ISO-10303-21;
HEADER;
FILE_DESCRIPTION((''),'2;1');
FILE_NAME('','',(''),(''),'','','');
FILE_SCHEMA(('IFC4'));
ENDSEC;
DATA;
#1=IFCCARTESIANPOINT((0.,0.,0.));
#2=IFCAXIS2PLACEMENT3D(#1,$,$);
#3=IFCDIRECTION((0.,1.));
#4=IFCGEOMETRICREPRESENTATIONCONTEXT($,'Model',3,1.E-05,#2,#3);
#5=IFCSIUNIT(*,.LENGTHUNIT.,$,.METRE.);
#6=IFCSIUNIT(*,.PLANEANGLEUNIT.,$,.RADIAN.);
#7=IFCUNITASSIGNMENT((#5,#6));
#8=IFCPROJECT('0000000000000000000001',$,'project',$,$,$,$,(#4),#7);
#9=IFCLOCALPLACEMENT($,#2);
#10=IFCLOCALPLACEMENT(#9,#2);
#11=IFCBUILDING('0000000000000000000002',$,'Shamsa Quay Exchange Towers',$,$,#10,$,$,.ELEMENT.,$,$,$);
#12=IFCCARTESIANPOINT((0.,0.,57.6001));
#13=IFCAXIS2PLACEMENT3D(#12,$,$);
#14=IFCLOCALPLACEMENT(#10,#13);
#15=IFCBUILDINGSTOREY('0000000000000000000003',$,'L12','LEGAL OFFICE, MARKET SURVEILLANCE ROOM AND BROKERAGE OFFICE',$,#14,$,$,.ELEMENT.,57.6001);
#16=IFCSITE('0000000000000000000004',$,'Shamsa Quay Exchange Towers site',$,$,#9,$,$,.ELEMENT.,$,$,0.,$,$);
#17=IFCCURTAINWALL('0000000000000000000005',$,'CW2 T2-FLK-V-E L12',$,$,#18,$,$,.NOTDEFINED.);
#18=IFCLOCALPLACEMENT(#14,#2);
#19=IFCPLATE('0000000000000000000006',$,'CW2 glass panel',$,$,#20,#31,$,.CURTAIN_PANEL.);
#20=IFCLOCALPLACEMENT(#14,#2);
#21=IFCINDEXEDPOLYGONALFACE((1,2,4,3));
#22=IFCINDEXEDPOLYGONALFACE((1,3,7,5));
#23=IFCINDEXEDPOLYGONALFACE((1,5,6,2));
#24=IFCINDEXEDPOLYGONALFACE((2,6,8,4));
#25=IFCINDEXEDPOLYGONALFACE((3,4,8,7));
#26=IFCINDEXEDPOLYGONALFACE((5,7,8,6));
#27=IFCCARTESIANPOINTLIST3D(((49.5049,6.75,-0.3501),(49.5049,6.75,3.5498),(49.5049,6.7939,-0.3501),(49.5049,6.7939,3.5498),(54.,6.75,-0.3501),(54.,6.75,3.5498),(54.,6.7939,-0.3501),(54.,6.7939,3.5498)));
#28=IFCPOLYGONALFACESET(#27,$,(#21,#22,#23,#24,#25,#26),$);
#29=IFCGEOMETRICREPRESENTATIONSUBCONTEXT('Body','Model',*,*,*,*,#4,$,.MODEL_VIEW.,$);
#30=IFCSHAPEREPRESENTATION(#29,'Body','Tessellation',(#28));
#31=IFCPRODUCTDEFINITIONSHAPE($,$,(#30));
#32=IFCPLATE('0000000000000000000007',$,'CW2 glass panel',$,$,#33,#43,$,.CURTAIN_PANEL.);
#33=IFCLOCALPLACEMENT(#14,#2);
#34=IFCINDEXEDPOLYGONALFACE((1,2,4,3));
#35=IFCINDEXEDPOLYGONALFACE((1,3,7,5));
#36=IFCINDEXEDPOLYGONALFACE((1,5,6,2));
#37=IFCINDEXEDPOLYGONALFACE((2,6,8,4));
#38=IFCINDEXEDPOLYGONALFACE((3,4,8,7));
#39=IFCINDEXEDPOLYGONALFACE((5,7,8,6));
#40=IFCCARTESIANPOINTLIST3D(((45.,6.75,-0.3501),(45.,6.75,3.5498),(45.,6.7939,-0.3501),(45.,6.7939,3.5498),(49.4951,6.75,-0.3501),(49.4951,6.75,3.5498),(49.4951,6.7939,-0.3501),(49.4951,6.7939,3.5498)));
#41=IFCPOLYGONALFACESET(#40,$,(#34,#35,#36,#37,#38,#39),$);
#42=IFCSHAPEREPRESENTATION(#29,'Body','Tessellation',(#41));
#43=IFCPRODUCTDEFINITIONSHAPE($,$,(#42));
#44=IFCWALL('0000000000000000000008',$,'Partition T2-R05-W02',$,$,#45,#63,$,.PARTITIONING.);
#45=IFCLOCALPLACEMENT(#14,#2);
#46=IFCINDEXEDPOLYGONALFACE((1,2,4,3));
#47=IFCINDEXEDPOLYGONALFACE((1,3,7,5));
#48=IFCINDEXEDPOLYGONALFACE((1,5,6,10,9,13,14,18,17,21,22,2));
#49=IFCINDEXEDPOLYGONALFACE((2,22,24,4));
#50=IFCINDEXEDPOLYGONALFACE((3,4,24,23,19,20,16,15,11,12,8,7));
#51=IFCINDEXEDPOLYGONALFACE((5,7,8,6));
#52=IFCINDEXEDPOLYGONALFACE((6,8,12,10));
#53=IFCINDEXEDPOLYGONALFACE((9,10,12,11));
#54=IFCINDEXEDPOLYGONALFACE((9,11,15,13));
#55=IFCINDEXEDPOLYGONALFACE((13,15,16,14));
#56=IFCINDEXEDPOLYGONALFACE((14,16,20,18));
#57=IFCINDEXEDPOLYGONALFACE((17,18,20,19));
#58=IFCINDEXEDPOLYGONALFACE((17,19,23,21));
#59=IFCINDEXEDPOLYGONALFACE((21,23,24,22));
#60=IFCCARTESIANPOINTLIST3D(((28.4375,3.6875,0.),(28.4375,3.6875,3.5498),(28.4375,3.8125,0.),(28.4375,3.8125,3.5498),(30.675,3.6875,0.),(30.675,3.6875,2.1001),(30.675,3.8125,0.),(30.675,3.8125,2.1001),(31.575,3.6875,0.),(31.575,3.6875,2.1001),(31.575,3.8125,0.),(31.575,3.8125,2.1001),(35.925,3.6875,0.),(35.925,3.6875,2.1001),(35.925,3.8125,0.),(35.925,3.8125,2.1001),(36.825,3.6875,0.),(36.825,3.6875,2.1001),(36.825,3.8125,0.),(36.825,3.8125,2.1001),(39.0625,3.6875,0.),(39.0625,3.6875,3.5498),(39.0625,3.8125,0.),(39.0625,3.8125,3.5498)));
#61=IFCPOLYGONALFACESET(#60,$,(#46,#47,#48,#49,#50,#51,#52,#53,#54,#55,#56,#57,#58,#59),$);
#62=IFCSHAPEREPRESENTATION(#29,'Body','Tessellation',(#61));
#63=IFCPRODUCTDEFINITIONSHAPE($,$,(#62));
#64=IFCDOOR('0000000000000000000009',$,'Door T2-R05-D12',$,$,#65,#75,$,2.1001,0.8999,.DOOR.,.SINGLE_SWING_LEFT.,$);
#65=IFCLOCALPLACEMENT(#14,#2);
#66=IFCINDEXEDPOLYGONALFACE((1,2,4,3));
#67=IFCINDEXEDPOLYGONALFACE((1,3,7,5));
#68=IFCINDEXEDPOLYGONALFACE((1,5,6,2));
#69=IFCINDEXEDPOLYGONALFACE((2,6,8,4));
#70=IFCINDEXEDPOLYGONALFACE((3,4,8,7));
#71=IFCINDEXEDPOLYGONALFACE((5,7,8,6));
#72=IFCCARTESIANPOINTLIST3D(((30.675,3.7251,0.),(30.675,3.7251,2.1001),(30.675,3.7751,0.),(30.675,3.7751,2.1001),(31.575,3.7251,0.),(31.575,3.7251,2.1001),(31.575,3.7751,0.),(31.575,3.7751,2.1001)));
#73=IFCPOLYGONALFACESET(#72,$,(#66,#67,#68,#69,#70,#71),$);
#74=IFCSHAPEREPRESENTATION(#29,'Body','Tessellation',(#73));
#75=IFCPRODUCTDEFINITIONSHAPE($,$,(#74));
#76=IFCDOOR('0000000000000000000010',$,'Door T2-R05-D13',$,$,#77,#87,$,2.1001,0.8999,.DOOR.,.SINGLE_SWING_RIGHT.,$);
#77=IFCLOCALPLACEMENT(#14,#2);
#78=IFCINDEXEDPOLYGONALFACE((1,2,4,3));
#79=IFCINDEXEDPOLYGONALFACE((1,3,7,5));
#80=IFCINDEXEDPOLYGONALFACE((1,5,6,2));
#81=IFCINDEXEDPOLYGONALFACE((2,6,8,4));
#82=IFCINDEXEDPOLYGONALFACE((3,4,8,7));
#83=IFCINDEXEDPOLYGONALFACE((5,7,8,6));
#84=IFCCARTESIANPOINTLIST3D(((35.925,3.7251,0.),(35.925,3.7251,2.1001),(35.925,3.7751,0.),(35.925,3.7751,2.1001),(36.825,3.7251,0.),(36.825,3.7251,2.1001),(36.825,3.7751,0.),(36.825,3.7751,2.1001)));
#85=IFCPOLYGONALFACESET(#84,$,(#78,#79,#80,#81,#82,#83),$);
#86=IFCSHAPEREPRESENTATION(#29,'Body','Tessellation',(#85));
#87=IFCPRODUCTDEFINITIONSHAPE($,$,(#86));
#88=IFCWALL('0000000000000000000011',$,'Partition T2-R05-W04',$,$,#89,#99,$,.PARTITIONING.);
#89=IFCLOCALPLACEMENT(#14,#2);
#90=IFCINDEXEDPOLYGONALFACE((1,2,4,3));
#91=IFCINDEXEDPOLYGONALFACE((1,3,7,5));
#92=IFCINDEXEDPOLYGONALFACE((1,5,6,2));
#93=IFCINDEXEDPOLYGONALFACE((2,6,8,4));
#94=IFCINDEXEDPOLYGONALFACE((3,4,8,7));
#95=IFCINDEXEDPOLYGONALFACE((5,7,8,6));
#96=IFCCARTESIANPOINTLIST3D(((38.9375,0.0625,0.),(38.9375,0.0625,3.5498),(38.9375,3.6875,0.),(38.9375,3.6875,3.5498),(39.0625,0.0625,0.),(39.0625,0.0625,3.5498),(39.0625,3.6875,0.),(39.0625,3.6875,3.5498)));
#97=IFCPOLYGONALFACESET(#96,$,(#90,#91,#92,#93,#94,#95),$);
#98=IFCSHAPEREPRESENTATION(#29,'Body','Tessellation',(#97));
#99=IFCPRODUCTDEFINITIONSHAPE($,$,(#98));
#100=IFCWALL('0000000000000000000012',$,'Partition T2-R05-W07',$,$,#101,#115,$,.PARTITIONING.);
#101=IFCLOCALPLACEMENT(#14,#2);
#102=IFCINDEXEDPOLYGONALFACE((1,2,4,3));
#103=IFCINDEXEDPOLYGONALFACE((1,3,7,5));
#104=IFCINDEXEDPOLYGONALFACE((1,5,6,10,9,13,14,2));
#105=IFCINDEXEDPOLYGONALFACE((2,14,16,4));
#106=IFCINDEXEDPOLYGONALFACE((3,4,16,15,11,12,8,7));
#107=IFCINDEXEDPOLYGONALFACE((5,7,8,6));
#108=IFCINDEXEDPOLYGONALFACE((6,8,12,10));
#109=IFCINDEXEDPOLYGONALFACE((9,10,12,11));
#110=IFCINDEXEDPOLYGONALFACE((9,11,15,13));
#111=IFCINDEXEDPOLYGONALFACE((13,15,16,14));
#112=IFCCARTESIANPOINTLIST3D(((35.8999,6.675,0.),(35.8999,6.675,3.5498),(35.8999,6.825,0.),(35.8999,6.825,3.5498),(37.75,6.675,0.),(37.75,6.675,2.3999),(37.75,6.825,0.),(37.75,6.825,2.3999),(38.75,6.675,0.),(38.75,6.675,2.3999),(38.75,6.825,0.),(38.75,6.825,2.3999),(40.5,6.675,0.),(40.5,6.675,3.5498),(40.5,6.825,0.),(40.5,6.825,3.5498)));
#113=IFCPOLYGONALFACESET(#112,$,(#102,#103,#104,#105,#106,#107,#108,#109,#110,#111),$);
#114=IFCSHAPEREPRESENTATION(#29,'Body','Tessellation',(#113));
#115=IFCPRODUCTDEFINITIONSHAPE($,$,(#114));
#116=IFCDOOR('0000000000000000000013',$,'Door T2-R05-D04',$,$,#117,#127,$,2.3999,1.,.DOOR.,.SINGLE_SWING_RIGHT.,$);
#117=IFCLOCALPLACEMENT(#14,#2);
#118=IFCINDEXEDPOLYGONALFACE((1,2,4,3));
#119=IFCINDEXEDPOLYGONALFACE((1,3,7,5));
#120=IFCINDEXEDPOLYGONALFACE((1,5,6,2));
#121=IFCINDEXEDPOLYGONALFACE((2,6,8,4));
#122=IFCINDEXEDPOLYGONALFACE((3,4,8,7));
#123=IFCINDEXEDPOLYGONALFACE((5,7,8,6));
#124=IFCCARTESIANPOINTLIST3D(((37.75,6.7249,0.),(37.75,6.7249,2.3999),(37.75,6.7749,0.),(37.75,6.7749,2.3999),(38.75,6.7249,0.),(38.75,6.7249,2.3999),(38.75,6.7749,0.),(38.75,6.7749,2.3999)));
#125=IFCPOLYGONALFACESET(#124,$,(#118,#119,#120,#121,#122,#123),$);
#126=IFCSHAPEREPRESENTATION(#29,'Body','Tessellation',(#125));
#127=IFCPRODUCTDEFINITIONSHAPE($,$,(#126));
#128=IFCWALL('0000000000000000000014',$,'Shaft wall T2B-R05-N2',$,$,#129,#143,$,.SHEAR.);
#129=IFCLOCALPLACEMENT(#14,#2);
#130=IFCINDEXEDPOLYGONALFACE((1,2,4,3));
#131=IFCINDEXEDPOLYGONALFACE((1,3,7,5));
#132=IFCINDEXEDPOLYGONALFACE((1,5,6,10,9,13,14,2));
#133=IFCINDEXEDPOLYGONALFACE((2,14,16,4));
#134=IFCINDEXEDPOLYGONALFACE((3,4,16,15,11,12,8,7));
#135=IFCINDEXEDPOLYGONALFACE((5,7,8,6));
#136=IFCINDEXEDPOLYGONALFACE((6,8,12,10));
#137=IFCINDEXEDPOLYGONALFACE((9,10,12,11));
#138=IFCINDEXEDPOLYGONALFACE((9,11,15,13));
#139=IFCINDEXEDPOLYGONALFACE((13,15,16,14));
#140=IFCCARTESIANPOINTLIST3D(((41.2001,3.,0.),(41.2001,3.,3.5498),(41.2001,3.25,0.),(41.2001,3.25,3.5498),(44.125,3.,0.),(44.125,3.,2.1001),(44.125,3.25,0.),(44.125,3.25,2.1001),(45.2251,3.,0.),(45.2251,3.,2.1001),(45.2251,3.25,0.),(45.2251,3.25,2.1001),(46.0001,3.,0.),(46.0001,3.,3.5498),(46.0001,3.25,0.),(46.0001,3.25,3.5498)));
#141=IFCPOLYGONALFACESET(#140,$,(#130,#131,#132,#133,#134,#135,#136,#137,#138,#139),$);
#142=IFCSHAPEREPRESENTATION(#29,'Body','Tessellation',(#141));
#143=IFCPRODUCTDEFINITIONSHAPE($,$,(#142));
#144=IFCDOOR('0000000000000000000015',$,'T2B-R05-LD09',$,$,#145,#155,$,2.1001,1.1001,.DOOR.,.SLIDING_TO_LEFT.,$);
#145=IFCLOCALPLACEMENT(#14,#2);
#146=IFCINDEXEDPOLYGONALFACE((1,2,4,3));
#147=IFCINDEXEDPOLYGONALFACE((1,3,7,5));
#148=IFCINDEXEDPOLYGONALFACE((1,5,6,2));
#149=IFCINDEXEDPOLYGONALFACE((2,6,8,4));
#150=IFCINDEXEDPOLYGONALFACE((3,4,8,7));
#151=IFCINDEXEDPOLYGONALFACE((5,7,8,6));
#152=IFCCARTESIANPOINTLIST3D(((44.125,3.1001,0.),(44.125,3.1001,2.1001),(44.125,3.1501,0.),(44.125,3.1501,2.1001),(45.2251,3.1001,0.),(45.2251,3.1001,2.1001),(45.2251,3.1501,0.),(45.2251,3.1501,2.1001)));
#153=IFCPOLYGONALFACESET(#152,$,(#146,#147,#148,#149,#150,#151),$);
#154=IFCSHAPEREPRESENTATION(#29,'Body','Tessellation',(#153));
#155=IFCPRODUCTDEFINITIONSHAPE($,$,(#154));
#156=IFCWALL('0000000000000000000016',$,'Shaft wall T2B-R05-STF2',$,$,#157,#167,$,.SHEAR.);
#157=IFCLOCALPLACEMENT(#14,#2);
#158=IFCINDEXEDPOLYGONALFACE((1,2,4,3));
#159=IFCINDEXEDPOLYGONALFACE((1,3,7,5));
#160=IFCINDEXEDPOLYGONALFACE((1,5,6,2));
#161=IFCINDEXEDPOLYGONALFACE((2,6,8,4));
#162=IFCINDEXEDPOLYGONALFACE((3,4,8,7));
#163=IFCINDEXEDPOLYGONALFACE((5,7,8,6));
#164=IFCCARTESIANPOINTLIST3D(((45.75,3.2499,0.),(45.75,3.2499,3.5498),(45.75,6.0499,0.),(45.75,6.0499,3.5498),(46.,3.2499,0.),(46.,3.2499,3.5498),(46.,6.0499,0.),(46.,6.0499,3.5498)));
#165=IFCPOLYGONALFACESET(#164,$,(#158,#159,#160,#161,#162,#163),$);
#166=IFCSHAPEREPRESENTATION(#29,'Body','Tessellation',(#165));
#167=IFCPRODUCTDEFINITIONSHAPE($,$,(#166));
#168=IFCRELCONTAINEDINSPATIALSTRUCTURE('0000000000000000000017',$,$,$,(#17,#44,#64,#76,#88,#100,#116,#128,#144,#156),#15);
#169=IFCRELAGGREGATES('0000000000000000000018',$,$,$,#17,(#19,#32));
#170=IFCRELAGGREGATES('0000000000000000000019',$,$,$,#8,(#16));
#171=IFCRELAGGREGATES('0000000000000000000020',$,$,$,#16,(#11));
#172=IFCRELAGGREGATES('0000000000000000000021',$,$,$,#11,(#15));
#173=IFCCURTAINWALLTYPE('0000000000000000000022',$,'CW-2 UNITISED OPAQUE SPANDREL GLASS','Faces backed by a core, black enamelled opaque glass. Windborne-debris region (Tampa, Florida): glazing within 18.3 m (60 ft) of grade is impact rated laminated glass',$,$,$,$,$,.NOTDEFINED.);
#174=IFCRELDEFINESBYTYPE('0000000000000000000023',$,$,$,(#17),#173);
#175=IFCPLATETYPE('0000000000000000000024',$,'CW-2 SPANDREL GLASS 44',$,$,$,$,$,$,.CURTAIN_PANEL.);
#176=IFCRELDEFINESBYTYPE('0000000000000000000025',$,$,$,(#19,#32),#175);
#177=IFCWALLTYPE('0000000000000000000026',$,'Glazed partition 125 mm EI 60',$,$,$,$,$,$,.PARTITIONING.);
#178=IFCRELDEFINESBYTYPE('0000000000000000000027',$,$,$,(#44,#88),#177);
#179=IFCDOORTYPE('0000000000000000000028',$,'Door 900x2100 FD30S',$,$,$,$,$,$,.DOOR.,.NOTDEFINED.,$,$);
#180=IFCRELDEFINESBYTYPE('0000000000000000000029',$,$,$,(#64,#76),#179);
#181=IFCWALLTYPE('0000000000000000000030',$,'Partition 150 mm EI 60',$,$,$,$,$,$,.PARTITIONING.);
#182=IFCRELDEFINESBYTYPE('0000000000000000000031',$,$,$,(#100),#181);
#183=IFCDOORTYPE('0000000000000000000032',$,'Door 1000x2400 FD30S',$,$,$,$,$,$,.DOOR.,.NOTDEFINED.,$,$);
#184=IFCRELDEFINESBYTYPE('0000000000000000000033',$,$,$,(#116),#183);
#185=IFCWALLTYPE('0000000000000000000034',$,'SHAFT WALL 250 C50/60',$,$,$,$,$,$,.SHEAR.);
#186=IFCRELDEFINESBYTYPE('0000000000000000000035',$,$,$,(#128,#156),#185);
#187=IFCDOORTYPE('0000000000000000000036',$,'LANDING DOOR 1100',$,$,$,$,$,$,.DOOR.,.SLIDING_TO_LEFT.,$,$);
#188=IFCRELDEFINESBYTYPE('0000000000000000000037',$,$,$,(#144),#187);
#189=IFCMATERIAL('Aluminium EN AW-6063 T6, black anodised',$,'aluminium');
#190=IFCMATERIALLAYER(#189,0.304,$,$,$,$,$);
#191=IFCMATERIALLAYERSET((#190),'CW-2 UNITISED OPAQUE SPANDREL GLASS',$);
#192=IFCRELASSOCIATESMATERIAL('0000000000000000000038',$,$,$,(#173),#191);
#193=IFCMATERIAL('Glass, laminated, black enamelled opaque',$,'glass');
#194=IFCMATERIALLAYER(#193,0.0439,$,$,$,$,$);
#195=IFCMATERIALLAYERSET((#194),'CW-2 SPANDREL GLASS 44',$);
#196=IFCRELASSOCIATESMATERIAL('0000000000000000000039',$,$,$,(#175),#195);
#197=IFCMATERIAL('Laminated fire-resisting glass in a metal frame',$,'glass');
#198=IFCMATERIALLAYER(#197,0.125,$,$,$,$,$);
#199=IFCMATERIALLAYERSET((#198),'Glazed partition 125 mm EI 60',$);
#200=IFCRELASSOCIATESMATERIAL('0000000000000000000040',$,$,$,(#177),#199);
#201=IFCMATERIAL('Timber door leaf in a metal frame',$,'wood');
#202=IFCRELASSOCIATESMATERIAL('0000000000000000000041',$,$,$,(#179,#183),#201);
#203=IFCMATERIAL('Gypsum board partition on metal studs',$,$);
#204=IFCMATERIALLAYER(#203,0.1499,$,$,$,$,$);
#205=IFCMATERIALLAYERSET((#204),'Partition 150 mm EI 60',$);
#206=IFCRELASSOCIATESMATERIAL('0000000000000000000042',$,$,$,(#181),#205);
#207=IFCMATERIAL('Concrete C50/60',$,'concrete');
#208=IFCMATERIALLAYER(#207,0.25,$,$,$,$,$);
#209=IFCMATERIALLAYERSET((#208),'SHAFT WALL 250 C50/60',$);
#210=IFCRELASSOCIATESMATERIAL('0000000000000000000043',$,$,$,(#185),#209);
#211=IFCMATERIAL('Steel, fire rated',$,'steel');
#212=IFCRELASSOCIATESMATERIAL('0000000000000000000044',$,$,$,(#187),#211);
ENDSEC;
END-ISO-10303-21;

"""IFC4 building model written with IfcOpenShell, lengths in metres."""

from ifc_helpers import new_model, si_unit, direction, frame, frame_2d, origin, origin_2d, place, context, subcontext, project, spatial, rectangle, extrude, material, layer, layer_set, type_object, element, fill, aggregate, save


model = new_model("IFC4")

# Units and contexts
model_context = context("Model", 3, precision=1e-05, world=origin(), true_north=direction((0.0, 1.0)))
body_context = subcontext(model_context, "Body", "Model", "MODEL_VIEW")
ifc_project = project(units=[si_unit("LENGTHUNIT", "METRE"), si_unit("PLANEANGLEUNIT", "RADIAN")], contexts=[model_context])

# Site, building, storey
site_placement = place(None, origin())
site = spatial("IfcSite", under=ifc_project, at=site_placement, Name="Shamsa Quay Exchange Towers site", CompositionType="ELEMENT", RefElevation=0.0)
building_placement = place(site_placement, origin())
building = spatial("IfcBuilding", under=site, at=building_placement, Name="Shamsa Quay Exchange Towers", CompositionType="ELEMENT")
storey_placement = place(building_placement, frame((0.0, 0.0, 57.6001)))
storey = spatial("IfcBuildingStorey", under=building, at=storey_placement, Name="L12", Description="LEGAL OFFICE, MARKET SURVEILLANCE ROOM AND BROKERAGE OFFICE", CompositionType="ELEMENT", Elevation=57.6001)

# Curtain wall, plates
ifc_material_1 = material(Name="Aluminium EN AW-6063 T6, black anodised", Category="aluminium")
ifc_layer_1 = layer(ifc_material_1, 0.304)
ifc_layer_set_1 = layer_set([ifc_layer_1], Name="CW-2 UNITISED OPAQUE SPANDREL GLASS")
curtain_wall_type = type_object("IfcCurtainWallType", Name="CW-2 UNITISED OPAQUE SPANDREL GLASS", Description="Faces backed by a core, black enamelled opaque glass. Windborne-debris region (Tampa, Florida): glazing within 18.3 m (60 ft) of grade is impact rated laminated glass", PredefinedType="NOTDEFINED", material=ifc_layer_set_1)
curtain_wall_placement = place(storey_placement, origin())
curtain_wall = element("IfcCurtainWall", 1, at=curtain_wall_placement, inside=storey, type_object=curtain_wall_type, Name="CW2 T2-FLK-V-E L12", PredefinedType="NOTDEFINED")
ifc_material_2 = material(Name="Glass, laminated, black enamelled opaque", Category="glass")
ifc_layer_2 = layer(ifc_material_2, 0.0439)
ifc_layer_set_2 = layer_set([ifc_layer_2], Name="CW-2 SPANDREL GLASS 44")
plate_type = type_object("IfcPlateType", Name="CW-2 SPANDREL GLASS 44", PredefinedType="CURTAIN_PANEL", material=ifc_layer_set_2)
plate_1_placement = place(storey_placement, frame((51.7524, 6.772, -0.3501), z_axis=(0.0, 0.0, 1.0), x_axis=(-1.0, 0.0, 0.0)))
plate_1 = element("IfcPlate", 2, at=plate_1_placement, type_object=plate_type, Name="CW2 glass panel", PredefinedType="CURTAIN_PANEL", context=body_context, shape_type="SweptSolid", body=[
    extrude(rectangle(XDim=4.4951, YDim=0.0439, at=origin_2d()), origin(), (0.0, 0.0, 1.0), 3.8999),
])
plate_2_placement = place(storey_placement, frame((47.2476, 6.772, -0.3501), z_axis=(0.0, 0.0, 1.0), x_axis=(-1.0, 0.0, 0.0)))
plate_2 = element("IfcPlate", 3, at=plate_2_placement, type_object=plate_type, Name="CW2 glass panel", PredefinedType="CURTAIN_PANEL", context=body_context, shape_type="SweptSolid", body=[
    extrude(rectangle(XDim=4.4951, YDim=0.0439, at=origin_2d()), origin(), (0.0, 0.0, 1.0), 3.8999),
])
aggregate(curtain_wall, [plate_1, plate_2])

# Wall, openings, doors
ifc_material_3 = material(Name="Laminated fire-resisting glass in a metal frame", Category="glass")
ifc_layer_3 = layer(ifc_material_3, 0.125)
ifc_layer_set_3 = layer_set([ifc_layer_3], Name="Glazed partition 125 mm EI 60")
wall_type_1 = type_object("IfcWallType", Name="Glazed partition 125 mm EI 60", PredefinedType="PARTITIONING", material=ifc_layer_set_3)
wall_1_placement = place(storey_placement, frame((39.0625, 3.75, 0.0), z_axis=(0.0, 0.0, 1.0), x_axis=(-1.0, 0.0, 0.0)))
wall_1 = element("IfcWall", 4, at=wall_1_placement, inside=storey, type_object=wall_type_1, Name="Partition T2-R05-W02", PredefinedType="PARTITIONING", context=body_context, shape_type="SweptSolid", body=[
    extrude(rectangle(XDim=10.625, YDim=0.125, at=frame_2d((5.3125, 0.0))), origin(), (0.0, 0.0, 1.0), 3.5498),
])
opening_1_placement = place(wall_1_placement, frame((7.4875, 0.0, 0.0)))
opening_1 = element("IfcOpeningElement", 5, at=opening_1_placement, cuts=wall_1, PredefinedType="OPENING", context=body_context, shape_type="SweptSolid", body=[
    extrude(rectangle(XDim=0.8999, YDim=2.1001, at=frame_2d((0.45, 1.05))), frame((0.0, 0.0725, 0.0), z_axis=(0.0, -1.0, 0.0), x_axis=(1.0, 0.0, 0.0)), (0.0, 0.0, 1.0), 0.145),
])
opening_2_placement = place(wall_1_placement, frame((2.2375, 0.0, 0.0)))
opening_2 = element("IfcOpeningElement", 6, at=opening_2_placement, cuts=wall_1, PredefinedType="OPENING", context=body_context, shape_type="SweptSolid", body=[
    extrude(rectangle(XDim=0.8999, YDim=2.1001, at=frame_2d((0.45, 1.05))), frame((0.0, 0.0725, 0.0), z_axis=(0.0, -1.0, 0.0), x_axis=(1.0, 0.0, 0.0)), (0.0, 0.0, 1.0), 0.145),
])
ifc_material_4 = material(Name="Timber door leaf in a metal frame", Category="wood")
door_type_1 = type_object("IfcDoorType", Name="Door 900x2100 FD30S", OperationType="NOTDEFINED", PredefinedType="DOOR", material=ifc_material_4)
door_1_placement = place(opening_1_placement, origin())
door_1 = element("IfcDoor", 7, at=door_1_placement, inside=storey, type_object=door_type_1, Name="Door T2-R05-D12", OperationType="SINGLE_SWING_LEFT", OverallHeight=2.1001, OverallWidth=0.8999, PredefinedType="DOOR", context=body_context, shape_type="SweptSolid", body=[
    extrude(rectangle(XDim=0.8999, YDim=2.1001, at=frame_2d((0.45, 1.05))), frame((0.0, 0.0249, 0.0), z_axis=(0.0, -1.0, 0.0), x_axis=(1.0, 0.0, 0.0)), (0.0, 0.0, 1.0), 0.05),
])
fill(opening_1, door_1)
door_2_placement = place(opening_2_placement, origin())
door_2 = element("IfcDoor", 8, at=door_2_placement, inside=storey, type_object=door_type_1, Name="Door T2-R05-D13", OperationType="SINGLE_SWING_RIGHT", OverallHeight=2.1001, OverallWidth=0.8999, PredefinedType="DOOR", context=body_context, shape_type="SweptSolid", body=[
    extrude(rectangle(XDim=0.8999, YDim=2.1001, at=frame_2d((0.45, 1.05))), frame((0.0, 0.0249, 0.0), z_axis=(0.0, -1.0, 0.0), x_axis=(1.0, 0.0, 0.0)), (0.0, 0.0, 1.0), 0.05),
])
fill(opening_2, door_2)

# Wall
wall_2_placement = place(storey_placement, frame((39.0, 0.0625, 0.0), z_axis=(0.0, 0.0, 1.0), x_axis=(0.0, 1.0, 0.0)))
element("IfcWall", 9, at=wall_2_placement, inside=storey, type_object=wall_type_1, Name="Partition T2-R05-W04", PredefinedType="PARTITIONING", context=body_context, shape_type="SweptSolid", body=[
    extrude(rectangle(XDim=3.625, YDim=0.125, at=frame_2d((1.8125, 0.0))), origin(), (0.0, 0.0, 1.0), 3.5498),
])

# Walls, openings, doors
ifc_material_5 = material(Name="Gypsum board partition on metal studs")
ifc_layer_4 = layer(ifc_material_5, 0.1499)
ifc_layer_set_4 = layer_set([ifc_layer_4], Name="Partition 150 mm EI 60")
wall_type_2 = type_object("IfcWallType", Name="Partition 150 mm EI 60", PredefinedType="PARTITIONING", material=ifc_layer_set_4)
wall_3_placement = place(storey_placement, frame((35.8999, 6.75, 0.0)))
wall_3 = element("IfcWall", 10, at=wall_3_placement, inside=storey, type_object=wall_type_2, Name="Partition T2-R05-W07", PredefinedType="PARTITIONING", context=body_context, shape_type="SweptSolid", body=[
    extrude(rectangle(XDim=4.6001, YDim=0.1499, at=frame_2d((2.3, 0.0))), origin(), (0.0, 0.0, 1.0), 3.5498),
])
opening_3_placement = place(wall_3_placement, frame((1.8501, 0.0, 0.0)))
opening_3 = element("IfcOpeningElement", 11, at=opening_3_placement, cuts=wall_3, PredefinedType="OPENING", context=body_context, shape_type="SweptSolid", body=[
    extrude(rectangle(XDim=1.0, YDim=2.3999, at=frame_2d((0.5, 1.2))), frame((0.0, 0.085, 0.0), z_axis=(0.0, -1.0, 0.0), x_axis=(1.0, 0.0, 0.0)), (0.0, 0.0, 1.0), 0.1699),
])
door_type_2 = type_object("IfcDoorType", Name="Door 1000x2400 FD30S", OperationType="NOTDEFINED", PredefinedType="DOOR", material=ifc_material_4)
door_3_placement = place(opening_3_placement, origin())
door_3 = element("IfcDoor", 12, at=door_3_placement, inside=storey, type_object=door_type_2, Name="Door T2-R05-D04", OperationType="SINGLE_SWING_RIGHT", OverallHeight=2.3999, OverallWidth=1.0, PredefinedType="DOOR", context=body_context, shape_type="SweptSolid", body=[
    extrude(rectangle(XDim=1.0, YDim=2.3999, at=frame_2d((0.5, 1.2))), frame((0.0, 0.0249, 0.0), z_axis=(0.0, -1.0, 0.0), x_axis=(1.0, 0.0, 0.0)), (0.0, 0.0, 1.0), 0.05),
])
fill(opening_3, door_3)
ifc_material_6 = material(Name="Concrete C50/60", Category="concrete")
ifc_layer_5 = layer(ifc_material_6, 0.25)
ifc_layer_set_5 = layer_set([ifc_layer_5], Name="SHAFT WALL 250 C50/60")
wall_type_3 = type_object("IfcWallType", Name="SHAFT WALL 250 C50/60", PredefinedType="SHEAR", material=ifc_layer_set_5)
wall_4_placement = place(storey_placement, frame((46.0, 3.125, 0.0), z_axis=(0.0, 0.0, 1.0), x_axis=(-1.0, 0.0, 0.0)))
wall_4 = element("IfcWall", 13, at=wall_4_placement, inside=storey, type_object=wall_type_3, Name="Shaft wall T2B-R05-N2", PredefinedType="SHEAR", context=body_context, shape_type="SweptSolid", body=[
    extrude(rectangle(XDim=4.8, YDim=0.25, at=frame_2d((2.3999, 0.0))), origin(), (0.0, 0.0, 1.0), 3.5498),
])
opening_4_placement = place(wall_4_placement, frame((0.7749, 0.0, 0.0)))
opening_4 = element("IfcOpeningElement", 14, at=opening_4_placement, cuts=wall_4, PredefinedType="OPENING", context=body_context, shape_type="SweptSolid", body=[
    extrude(rectangle(XDim=1.1001, YDim=2.1001, at=frame_2d((0.55, 1.05))), frame((0.0, 0.135, 0.0), z_axis=(0.0, -1.0, 0.0), x_axis=(1.0, 0.0, 0.0)), (0.0, 0.0, 1.0), 0.27),
])
ifc_material_7 = material(Name="Steel, fire rated", Category="steel")
door_type_3 = type_object("IfcDoorType", Name="LANDING DOOR 1100", OperationType="SLIDING_TO_LEFT", PredefinedType="DOOR", material=ifc_material_7)
door_4_placement = place(opening_4_placement, origin())
door_4 = element("IfcDoor", 15, at=door_4_placement, inside=storey, type_object=door_type_3, Name="T2B-R05-LD09", OperationType="SLIDING_TO_LEFT", OverallHeight=2.1001, OverallWidth=1.1001, PredefinedType="DOOR", context=body_context, shape_type="SweptSolid", body=[
    extrude(rectangle(XDim=1.1001, YDim=2.1001, at=frame_2d((0.55, 1.05))), frame((0.0, 0.0249, 0.0), z_axis=(0.0, -1.0, 0.0), x_axis=(1.0, 0.0, 0.0)), (0.0, 0.0, 1.0), 0.05),
])
fill(opening_4, door_4)

# Wall
for number, where, z_axis, x_axis, name in (
    (16, (45.875, 3.25, 0.0), (0.0, 0.0, 1.0), (0.0, 1.0, 0.0), "Shaft wall T2B-R05-STF2"),
):
    element("IfcWall", number, at=place(storey_placement, frame(where, z_axis=z_axis, x_axis=x_axis)), inside=storey, type_object=wall_type_3, Name=name, PredefinedType="SHEAR", context=body_context, shape_type="SweptSolid", body=[
        extrude(rectangle(XDim=2.8, YDim=0.25, at=frame_2d((1.3999, 0.0))), origin(), (0.0, 0.0, 1.0), 3.5498),
    ])

save(model, "model.ifc")
